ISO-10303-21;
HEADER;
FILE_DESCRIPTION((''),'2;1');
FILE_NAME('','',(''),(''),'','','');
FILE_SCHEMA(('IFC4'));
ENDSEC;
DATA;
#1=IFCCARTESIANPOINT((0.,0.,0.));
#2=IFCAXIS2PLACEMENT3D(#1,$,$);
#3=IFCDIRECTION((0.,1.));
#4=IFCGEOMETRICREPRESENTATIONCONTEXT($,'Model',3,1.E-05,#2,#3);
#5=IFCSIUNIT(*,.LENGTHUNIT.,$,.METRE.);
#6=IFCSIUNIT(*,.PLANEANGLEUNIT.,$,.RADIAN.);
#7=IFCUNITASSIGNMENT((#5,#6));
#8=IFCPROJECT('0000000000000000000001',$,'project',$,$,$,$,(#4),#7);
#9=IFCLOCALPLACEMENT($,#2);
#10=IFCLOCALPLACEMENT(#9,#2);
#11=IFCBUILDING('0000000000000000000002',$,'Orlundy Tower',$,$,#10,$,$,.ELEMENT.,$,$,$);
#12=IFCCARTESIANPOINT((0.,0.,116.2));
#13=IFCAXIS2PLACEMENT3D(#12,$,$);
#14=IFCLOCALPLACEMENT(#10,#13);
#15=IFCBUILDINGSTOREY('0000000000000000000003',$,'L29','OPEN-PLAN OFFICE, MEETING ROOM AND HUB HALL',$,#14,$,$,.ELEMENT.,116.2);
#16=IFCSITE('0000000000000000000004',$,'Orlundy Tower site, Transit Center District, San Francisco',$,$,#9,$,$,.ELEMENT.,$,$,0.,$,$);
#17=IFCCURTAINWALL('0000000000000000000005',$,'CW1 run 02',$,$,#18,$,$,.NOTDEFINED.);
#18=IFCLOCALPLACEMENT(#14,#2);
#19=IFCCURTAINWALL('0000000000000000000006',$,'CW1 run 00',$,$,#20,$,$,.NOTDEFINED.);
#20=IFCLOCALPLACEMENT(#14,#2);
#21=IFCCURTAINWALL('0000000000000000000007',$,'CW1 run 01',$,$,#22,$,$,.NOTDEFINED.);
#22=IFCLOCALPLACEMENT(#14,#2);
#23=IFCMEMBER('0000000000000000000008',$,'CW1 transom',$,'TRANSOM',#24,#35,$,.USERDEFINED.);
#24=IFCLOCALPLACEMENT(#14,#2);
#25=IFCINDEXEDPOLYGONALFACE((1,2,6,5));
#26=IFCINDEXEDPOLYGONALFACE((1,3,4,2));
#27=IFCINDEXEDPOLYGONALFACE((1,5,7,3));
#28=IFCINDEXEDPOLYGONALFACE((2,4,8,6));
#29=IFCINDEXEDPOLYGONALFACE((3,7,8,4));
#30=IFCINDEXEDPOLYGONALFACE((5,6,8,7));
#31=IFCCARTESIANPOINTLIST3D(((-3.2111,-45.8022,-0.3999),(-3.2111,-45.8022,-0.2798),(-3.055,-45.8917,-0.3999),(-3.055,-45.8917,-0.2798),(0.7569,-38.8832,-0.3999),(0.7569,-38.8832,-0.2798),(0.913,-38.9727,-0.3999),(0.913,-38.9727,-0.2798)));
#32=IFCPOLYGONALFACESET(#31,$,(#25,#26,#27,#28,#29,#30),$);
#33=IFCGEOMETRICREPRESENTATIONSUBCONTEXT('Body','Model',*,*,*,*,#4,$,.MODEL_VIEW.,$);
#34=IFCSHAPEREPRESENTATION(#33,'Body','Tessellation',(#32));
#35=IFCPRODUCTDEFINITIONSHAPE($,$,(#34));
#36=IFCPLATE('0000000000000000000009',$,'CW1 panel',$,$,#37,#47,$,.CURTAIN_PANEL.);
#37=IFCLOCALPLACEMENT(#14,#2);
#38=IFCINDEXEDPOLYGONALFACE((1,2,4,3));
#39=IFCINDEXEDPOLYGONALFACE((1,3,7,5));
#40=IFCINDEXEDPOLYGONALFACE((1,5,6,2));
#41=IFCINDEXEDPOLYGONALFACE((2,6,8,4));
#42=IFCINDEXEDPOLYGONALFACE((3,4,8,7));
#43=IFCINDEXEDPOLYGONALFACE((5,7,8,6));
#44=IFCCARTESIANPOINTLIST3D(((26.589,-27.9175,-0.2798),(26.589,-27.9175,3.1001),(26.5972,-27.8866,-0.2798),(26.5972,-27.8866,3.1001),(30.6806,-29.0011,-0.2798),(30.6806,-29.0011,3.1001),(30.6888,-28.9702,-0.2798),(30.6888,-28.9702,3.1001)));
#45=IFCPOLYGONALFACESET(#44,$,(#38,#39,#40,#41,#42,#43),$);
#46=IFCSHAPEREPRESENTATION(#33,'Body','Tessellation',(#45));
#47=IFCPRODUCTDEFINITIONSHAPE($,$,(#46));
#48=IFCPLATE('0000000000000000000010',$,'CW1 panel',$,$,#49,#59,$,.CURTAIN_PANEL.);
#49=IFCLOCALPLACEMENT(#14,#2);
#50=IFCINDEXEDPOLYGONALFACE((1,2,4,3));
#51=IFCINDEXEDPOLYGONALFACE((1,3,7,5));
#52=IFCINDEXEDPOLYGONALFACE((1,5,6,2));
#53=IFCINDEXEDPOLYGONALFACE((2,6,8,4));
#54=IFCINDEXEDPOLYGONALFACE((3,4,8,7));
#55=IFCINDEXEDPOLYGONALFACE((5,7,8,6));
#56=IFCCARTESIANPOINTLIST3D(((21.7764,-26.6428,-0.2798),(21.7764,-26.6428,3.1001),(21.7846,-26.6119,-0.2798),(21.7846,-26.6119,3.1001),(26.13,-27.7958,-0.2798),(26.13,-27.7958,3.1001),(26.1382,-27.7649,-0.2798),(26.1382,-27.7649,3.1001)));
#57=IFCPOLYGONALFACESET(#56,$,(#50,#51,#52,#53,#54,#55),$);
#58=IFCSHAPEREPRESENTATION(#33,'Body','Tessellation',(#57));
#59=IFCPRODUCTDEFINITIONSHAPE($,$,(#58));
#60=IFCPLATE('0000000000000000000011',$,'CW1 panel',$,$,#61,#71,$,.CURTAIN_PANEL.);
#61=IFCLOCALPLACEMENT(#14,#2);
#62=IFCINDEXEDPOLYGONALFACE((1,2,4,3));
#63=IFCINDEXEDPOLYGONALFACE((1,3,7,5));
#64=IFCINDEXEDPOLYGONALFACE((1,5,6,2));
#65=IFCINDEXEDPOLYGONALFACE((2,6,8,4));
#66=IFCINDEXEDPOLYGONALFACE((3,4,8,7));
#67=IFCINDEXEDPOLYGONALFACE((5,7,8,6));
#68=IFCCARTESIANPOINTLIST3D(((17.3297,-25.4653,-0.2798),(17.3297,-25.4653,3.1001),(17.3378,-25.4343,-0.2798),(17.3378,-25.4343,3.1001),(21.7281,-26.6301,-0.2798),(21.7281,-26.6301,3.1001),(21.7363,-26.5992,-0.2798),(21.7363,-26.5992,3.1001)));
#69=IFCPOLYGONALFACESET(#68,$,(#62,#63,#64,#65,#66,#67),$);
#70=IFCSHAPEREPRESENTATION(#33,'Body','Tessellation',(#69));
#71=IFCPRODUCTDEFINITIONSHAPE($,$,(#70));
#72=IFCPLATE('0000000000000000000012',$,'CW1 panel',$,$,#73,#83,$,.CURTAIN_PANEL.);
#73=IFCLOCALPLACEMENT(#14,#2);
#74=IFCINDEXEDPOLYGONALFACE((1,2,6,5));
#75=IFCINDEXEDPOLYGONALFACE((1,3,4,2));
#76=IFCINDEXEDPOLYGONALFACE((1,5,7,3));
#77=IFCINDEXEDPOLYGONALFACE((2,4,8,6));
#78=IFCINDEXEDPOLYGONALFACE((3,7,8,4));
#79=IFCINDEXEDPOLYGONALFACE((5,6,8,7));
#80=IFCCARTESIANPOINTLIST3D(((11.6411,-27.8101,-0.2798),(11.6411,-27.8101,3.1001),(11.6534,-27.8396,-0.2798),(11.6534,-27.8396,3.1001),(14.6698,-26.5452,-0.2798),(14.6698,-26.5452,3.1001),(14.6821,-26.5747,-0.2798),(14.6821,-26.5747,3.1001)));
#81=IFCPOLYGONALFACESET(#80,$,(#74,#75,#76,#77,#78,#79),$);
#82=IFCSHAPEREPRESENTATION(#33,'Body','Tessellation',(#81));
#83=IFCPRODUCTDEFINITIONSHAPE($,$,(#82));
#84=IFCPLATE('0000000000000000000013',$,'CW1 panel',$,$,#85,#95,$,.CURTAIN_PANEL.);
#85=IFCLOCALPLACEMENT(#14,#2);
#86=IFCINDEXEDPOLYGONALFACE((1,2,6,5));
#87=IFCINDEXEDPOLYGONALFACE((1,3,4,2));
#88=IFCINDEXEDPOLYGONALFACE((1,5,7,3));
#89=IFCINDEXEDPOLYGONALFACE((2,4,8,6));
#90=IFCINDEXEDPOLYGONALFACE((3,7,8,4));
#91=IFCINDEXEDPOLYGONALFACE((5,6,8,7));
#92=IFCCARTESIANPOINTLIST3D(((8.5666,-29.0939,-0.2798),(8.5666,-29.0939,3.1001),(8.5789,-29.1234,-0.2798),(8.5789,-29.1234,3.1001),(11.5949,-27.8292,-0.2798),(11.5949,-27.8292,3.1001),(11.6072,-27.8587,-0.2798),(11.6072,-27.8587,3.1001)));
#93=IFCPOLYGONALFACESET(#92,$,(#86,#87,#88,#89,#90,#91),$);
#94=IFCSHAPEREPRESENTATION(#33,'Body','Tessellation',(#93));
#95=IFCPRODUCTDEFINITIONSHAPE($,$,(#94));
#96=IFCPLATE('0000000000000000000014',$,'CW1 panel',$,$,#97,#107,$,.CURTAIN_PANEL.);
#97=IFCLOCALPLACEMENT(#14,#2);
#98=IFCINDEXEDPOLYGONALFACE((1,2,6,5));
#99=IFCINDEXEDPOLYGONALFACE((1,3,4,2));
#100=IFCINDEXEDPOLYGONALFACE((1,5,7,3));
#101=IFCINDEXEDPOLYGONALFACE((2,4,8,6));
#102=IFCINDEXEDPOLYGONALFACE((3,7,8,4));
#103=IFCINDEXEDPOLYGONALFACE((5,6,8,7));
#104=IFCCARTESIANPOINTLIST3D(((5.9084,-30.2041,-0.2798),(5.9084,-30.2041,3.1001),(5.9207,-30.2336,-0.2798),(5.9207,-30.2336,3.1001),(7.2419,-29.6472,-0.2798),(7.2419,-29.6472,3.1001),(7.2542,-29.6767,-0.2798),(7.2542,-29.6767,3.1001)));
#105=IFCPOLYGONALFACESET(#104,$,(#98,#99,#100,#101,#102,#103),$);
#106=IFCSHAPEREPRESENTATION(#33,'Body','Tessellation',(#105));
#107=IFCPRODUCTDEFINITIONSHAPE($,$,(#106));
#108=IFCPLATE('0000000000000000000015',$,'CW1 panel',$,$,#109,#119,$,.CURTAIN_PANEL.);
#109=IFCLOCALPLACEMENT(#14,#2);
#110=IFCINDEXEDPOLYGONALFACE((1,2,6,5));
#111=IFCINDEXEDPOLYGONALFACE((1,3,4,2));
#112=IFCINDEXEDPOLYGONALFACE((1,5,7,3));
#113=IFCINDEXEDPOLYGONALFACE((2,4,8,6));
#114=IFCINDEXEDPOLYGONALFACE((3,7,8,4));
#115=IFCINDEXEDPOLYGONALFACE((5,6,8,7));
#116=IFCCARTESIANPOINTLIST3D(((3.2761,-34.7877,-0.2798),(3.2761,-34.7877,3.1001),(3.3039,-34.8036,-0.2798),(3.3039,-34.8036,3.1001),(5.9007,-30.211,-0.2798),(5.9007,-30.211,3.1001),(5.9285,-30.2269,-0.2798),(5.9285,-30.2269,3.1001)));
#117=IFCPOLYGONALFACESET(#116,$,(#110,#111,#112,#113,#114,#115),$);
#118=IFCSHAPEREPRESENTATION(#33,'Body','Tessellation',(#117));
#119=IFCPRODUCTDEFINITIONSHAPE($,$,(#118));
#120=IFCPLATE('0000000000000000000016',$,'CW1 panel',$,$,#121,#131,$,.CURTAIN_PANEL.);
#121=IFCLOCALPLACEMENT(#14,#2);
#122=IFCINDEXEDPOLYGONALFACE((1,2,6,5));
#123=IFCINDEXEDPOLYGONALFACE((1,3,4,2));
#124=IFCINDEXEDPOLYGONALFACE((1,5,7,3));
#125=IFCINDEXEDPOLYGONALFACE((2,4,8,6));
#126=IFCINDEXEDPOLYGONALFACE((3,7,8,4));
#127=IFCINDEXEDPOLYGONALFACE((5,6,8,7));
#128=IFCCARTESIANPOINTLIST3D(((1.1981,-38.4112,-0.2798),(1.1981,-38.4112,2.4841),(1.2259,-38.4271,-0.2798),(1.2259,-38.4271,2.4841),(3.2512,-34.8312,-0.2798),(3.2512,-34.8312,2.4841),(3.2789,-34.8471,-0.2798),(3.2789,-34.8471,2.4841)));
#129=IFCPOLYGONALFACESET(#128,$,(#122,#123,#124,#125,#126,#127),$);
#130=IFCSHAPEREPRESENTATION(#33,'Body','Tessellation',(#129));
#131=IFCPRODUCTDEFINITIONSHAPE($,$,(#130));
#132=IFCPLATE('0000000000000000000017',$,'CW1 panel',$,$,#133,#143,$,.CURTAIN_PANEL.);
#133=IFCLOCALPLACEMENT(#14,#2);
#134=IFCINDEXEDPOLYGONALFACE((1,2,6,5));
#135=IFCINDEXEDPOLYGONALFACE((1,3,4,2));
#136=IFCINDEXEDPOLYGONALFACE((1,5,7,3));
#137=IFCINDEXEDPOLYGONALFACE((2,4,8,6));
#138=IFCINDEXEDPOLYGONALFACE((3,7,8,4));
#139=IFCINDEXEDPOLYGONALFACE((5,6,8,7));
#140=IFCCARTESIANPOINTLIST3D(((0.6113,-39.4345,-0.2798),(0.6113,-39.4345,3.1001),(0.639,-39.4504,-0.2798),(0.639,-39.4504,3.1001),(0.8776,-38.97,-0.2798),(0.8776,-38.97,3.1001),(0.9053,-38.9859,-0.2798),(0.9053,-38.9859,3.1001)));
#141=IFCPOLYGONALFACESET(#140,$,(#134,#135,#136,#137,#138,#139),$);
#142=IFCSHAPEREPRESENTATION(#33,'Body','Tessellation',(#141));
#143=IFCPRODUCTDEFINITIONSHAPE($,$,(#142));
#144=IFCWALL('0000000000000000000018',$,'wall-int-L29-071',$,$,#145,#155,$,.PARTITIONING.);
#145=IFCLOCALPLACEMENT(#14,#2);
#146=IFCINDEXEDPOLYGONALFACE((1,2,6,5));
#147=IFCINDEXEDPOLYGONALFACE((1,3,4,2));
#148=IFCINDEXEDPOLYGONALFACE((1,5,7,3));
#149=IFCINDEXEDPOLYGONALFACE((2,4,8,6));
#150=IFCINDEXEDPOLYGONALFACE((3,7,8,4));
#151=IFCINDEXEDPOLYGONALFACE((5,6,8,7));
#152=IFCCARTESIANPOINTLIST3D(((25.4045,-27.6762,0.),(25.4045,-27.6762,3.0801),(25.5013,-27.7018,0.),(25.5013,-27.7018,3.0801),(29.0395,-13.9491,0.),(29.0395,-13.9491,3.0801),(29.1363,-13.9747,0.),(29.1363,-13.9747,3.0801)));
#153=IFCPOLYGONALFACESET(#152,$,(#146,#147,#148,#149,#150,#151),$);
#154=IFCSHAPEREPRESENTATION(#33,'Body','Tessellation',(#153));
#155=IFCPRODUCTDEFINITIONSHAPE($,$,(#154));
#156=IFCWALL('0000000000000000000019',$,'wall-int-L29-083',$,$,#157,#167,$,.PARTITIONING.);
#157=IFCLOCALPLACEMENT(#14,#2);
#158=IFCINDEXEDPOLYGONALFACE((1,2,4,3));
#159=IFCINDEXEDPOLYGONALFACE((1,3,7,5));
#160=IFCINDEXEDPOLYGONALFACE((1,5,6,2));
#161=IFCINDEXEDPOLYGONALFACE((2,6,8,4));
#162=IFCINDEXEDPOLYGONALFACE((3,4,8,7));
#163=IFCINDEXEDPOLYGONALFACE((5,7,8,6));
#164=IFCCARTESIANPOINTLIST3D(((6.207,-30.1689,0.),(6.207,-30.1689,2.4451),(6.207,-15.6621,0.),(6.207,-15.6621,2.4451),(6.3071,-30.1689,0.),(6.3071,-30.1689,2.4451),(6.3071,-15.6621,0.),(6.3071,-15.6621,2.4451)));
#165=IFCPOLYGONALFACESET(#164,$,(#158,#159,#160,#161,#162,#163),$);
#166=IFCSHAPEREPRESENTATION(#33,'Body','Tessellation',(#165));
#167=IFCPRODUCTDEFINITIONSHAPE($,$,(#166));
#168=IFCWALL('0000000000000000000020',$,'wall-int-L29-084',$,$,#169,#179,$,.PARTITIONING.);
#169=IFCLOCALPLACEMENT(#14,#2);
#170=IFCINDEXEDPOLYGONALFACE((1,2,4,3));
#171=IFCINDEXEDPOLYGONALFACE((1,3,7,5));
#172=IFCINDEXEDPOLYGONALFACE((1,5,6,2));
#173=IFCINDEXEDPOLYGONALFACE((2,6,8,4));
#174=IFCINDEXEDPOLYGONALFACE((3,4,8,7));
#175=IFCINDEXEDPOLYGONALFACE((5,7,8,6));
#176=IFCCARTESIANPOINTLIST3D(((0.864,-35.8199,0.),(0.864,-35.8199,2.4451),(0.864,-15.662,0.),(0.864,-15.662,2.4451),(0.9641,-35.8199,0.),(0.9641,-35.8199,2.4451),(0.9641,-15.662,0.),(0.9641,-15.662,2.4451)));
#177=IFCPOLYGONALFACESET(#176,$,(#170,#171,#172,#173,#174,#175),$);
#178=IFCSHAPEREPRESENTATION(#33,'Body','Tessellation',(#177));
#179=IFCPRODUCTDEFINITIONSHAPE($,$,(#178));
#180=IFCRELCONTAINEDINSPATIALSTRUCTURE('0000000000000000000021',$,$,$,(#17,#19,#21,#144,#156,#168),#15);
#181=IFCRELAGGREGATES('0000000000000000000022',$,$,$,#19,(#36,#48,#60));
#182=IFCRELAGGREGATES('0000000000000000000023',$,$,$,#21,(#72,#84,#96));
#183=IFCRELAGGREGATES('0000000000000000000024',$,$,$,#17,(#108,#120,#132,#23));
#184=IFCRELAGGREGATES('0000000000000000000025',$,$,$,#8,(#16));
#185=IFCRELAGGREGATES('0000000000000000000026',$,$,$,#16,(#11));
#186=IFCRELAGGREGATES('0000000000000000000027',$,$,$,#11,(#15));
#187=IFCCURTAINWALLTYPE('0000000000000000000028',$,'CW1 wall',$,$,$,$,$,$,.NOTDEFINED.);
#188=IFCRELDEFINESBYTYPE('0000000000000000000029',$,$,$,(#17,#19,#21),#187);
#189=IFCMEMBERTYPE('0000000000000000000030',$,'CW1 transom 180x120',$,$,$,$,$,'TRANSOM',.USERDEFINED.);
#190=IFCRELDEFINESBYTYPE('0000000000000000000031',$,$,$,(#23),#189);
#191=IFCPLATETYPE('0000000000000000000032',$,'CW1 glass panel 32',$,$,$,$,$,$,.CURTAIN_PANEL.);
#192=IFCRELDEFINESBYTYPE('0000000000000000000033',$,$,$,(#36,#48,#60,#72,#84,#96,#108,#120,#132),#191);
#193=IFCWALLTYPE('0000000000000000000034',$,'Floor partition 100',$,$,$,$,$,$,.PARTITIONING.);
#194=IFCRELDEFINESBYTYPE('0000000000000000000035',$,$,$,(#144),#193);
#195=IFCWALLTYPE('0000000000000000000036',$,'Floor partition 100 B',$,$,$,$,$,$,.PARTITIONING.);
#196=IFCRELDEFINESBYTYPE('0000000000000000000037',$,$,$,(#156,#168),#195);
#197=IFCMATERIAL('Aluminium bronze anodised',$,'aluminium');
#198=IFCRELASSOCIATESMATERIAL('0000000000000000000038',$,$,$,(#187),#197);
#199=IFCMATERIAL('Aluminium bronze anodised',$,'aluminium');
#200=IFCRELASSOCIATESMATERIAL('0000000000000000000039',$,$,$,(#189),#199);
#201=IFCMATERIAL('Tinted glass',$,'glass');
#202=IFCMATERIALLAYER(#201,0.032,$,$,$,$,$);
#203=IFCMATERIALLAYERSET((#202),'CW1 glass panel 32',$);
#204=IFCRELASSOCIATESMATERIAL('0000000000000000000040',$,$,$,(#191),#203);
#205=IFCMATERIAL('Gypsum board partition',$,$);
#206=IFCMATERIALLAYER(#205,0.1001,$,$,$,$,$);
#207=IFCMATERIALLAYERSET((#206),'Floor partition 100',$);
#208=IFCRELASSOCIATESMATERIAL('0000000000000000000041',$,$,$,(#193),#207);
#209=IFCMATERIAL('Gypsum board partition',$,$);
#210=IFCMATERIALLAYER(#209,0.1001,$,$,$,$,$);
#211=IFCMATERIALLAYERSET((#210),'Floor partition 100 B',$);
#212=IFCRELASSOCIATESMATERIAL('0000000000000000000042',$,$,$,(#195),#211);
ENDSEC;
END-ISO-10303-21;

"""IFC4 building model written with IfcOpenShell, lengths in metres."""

from ifc_helpers import new_model, si_unit, direction, frame, frame_2d, origin, origin_2d, place, context, subcontext, project, spatial, rectangle, extrude, material, layer, layer_set, material_profile, profile_set, type_object, element, aggregate, save


model = new_model("IFC4")

# Units and contexts
model_context = context("Model", 3, precision=1e-05, world=origin(), true_north=direction((0.0, 1.0)))
body_context = subcontext(model_context, "Body", "Model", "MODEL_VIEW")
ifc_project = project(units=[si_unit("LENGTHUNIT", "METRE"), si_unit("PLANEANGLEUNIT", "RADIAN")], contexts=[model_context])

# Site, building, storey
site_placement = place(None, origin())
site = spatial("IfcSite", under=ifc_project, at=site_placement, Name="Orlundy Tower site, Transit Center District, San Francisco", CompositionType="ELEMENT", RefElevation=0.0)
building_placement = place(site_placement, origin())
building = spatial("IfcBuilding", under=site, at=building_placement, Name="Orlundy Tower", CompositionType="ELEMENT")
storey_placement = place(building_placement, frame((0.0, 0.0, 116.2)))
storey = spatial("IfcBuildingStorey", under=building, at=storey_placement, Name="L29", Description="OPEN-PLAN OFFICE, MEETING ROOM AND HUB HALL", CompositionType="ELEMENT", Elevation=116.2)

# Curtain wall
ifc_material_1 = material(Name="Aluminium bronze anodised", Category="aluminium")
curtain_wall_type = type_object("IfcCurtainWallType", Name="CW1 wall", PredefinedType="NOTDEFINED", material=ifc_material_1)
curtain_wall_1_placement = place(storey_placement, origin())
curtain_wall_1 = element("IfcCurtainWall", 1, at=curtain_wall_1_placement, inside=storey, type_object=curtain_wall_type, Name="CW1 run 02", PredefinedType="NOTDEFINED")

# Curtain wall
curtain_wall_2_placement = place(storey_placement, origin())
curtain_wall_2 = element("IfcCurtainWall", 2, at=curtain_wall_2_placement, inside=storey, type_object=curtain_wall_type, Name="CW1 run 00", PredefinedType="NOTDEFINED")

# Curtain wall
curtain_wall_3_placement = place(storey_placement, origin())
curtain_wall_3 = element("IfcCurtainWall", 3, at=curtain_wall_3_placement, inside=storey, type_object=curtain_wall_type, Name="CW1 run 01", PredefinedType="NOTDEFINED")

# Member
ifc_material_2 = material(Name="Aluminium bronze anodised", Category="aluminium")
ifc_material_profile_1 = material_profile(ifc_material_2, rectangle(XDim=0.1799, YDim=0.1201, at=origin_2d()), Name="CW1 transom 180x120")
ifc_profile_set_1 = profile_set([ifc_material_profile_1], Name="Aluminium bronze anodised")
member_type_1 = type_object("IfcMemberType", Name="CW1 transom 180x120", ElementType="TRANSOM", PredefinedType="USERDEFINED", material=ifc_profile_set_1)
member_1_placement = place(storey_placement, frame((0.835, -38.928, -0.3398), z_axis=(-0.497493, -0.867468, 0.0), x_axis=(0.867468, -0.497493, 0.0)))
member_1 = element("IfcMember", 4, at=member_1_placement, type_object=member_type_1, Name="CW1 transom", ObjectType="TRANSOM", PredefinedType="USERDEFINED", context=body_context, shape_type="SweptSolid", body=[
    extrude(rectangle(XDim=0.1799, YDim=0.1201, at=origin_2d()), origin(), (0.0, 0.0, 1.0), 7.9761),
])

# Plates
ifc_material_3 = material(Name="Tinted glass", Category="glass")
ifc_layer_1 = layer(ifc_material_3, 0.032)
ifc_layer_set_1 = layer_set([ifc_layer_1], Name="CW1 glass panel 32")
plate_type = type_object("IfcPlateType", Name="CW1 glass panel 32", PredefinedType="CURTAIN_PANEL", material=ifc_layer_set_1)
plate_1_placement = place(storey_placement, frame((28.6389, -28.4438, -0.2798), z_axis=(0.0, 0.0, 1.0), x_axis=(-0.966674, 0.256011, 0.0)))
plate_1 = element("IfcPlate", 5, at=plate_1_placement, type_object=plate_type, Name="CW1 panel", PredefinedType="CURTAIN_PANEL", context=body_context, shape_type="SweptSolid", body=[
    extrude(rectangle(XDim=4.2327, YDim=0.032, at=origin_2d()), origin(), (0.0, 0.0, 1.0), 3.3799),
])
plate_2_placement = place(storey_placement, frame((23.9573, -27.2039, -0.2798), z_axis=(0.0, 0.0, 1.0), x_axis=(-0.966674, 0.256011, 0.0)))
plate_2 = element("IfcPlate", 6, at=plate_2_placement, type_object=plate_type, Name="CW1 panel", PredefinedType="CURTAIN_PANEL", context=body_context, shape_type="SweptSolid", body=[
    extrude(rectangle(XDim=4.5037, YDim=0.032, at=origin_2d()), origin(), (0.0, 0.0, 1.0), 3.3799),
])
plate_3_placement = place(storey_placement, frame((19.533, -26.0322, -0.2798), z_axis=(0.0, 0.0, 1.0), x_axis=(-0.966674, 0.256011, 0.0)))
plate_3 = element("IfcPlate", 7, at=plate_3_placement, type_object=plate_type, Name="CW1 panel", PredefinedType="CURTAIN_PANEL", context=body_context, shape_type="SweptSolid", body=[
    extrude(rectangle(XDim=4.55, YDim=0.032, at=origin_2d()), origin(), (0.0, 0.0, 1.0), 3.3799),
])
aggregate(curtain_wall_2, [plate_1, plate_2, plate_3])
plate_4_placement = place(storey_placement, frame((13.1616, -27.1924, -0.2798), z_axis=(0.0, 0.0, 1.0), x_axis=(-0.922759, -0.385377, 0.0)))
plate_4 = element("IfcPlate", 8, at=plate_4_placement, type_object=plate_type, Name="CW1 panel", PredefinedType="CURTAIN_PANEL", context=body_context, shape_type="SweptSolid", body=[
    extrude(rectangle(XDim=3.2822, YDim=0.032, at=origin_2d()), origin(), (0.0, 0.0, 1.0), 3.3799),
])
plate_5_placement = place(storey_placement, frame((10.0869, -28.4763, -0.2798), z_axis=(0.0, 0.0, 1.0), x_axis=(-0.922759, -0.385377, 0.0)))
plate_5 = element("IfcPlate", 9, at=plate_5_placement, type_object=plate_type, Name="CW1 panel", PredefinedType="CURTAIN_PANEL", context=body_context, shape_type="SweptSolid", body=[
    extrude(rectangle(XDim=3.2817, YDim=0.032, at=origin_2d()), origin(), (0.0, 0.0, 1.0), 3.3799),
])
plate_6_placement = place(storey_placement, frame((6.5813, -29.9404, -0.2798), z_axis=(0.0, 0.0, 1.0), x_axis=(-0.922759, -0.385377, 0.0)))
plate_6 = element("IfcPlate", 10, at=plate_6_placement, type_object=plate_type, Name="CW1 panel", PredefinedType="CURTAIN_PANEL", context=body_context, shape_type="SweptSolid", body=[
    extrude(rectangle(XDim=1.4451, YDim=0.032, at=origin_2d()), origin(), (0.0, 0.0, 1.0), 3.3799),
])
aggregate(curtain_wall_3, [plate_4, plate_5, plate_6])
plate_7_placement = place(storey_placement, frame((4.6023, -32.5073, -0.2798), z_axis=(0.0, 0.0, 1.0), x_axis=(-0.497473, -0.867479, 0.0)))
plate_7 = element("IfcPlate", 11, at=plate_7_placement, type_object=plate_type, Name="CW1 panel", PredefinedType="CURTAIN_PANEL", context=body_context, shape_type="SweptSolid", body=[
    extrude(rectangle(XDim=5.2759, YDim=0.032, at=origin_2d()), origin(), (0.0, 0.0, 1.0), 3.3799),
])
plate_8_placement = place(storey_placement, frame((2.2385, -36.6292, -0.2798), z_axis=(0.0, 0.0, 1.0), x_axis=(-0.497473, -0.867479, 0.0)))
plate_8 = element("IfcPlate", 12, at=plate_8_placement, type_object=plate_type, Name="CW1 panel", PredefinedType="CURTAIN_PANEL", context=body_context, shape_type="SweptSolid", body=[
    extrude(rectangle(XDim=4.127, YDim=0.032, at=origin_2d()), origin(), (0.0, 0.0, 1.0), 2.7639),
])
plate_9_placement = place(storey_placement, frame((0.7583, -39.2102, -0.2798), z_axis=(0.0, 0.0, 1.0), x_axis=(-0.497473, -0.867479, 0.0)))
plate_9 = element("IfcPlate", 13, at=plate_9_placement, type_object=plate_type, Name="CW1 panel", PredefinedType="CURTAIN_PANEL", context=body_context, shape_type="SweptSolid", body=[
    extrude(rectangle(XDim=0.5354, YDim=0.032, at=origin_2d()), origin(), (0.0, 0.0, 1.0), 3.3799),
])
aggregate(curtain_wall_1, [plate_7, plate_8, plate_9, member_1])

# Walls
ifc_material_4 = material(Name="Gypsum board partition")
ifc_layer_2 = layer(ifc_material_4, 0.1001)
ifc_layer_set_2 = layer_set([ifc_layer_2], Name="Floor partition 100")
wall_type_1 = type_object("IfcWallType", Name="Floor partition 100", PredefinedType="PARTITIONING", material=ifc_layer_set_2)
wall_1_placement = place(storey_placement, frame((25.4529, -27.689, 0.0), z_axis=(0.0, 0.0, 1.0), x_axis=(0.255983, 0.966681, 0.0)))
element("IfcWall", 14, at=wall_1_placement, inside=storey, type_object=wall_type_1, Name="wall-int-L29-071", PredefinedType="PARTITIONING", context=body_context, shape_type="SweptSolid", body=[
    extrude(rectangle(XDim=14.2002, YDim=0.1001, at=frame_2d((7.1001, 0.0))), origin(), (0.0, 0.0, 1.0), 3.0801),
])
ifc_material_5 = material(Name="Gypsum board partition")
ifc_layer_3 = layer(ifc_material_5, 0.1001)
ifc_layer_set_3 = layer_set([ifc_layer_3], Name="Floor partition 100 B")
wall_type_2 = type_object("IfcWallType", Name="Floor partition 100 B", PredefinedType="PARTITIONING", material=ifc_layer_set_3)
wall_2_placement = place(storey_placement, frame((6.2571, -30.1689, 0.0), z_axis=(0.0, 0.0, 1.0), x_axis=(0.0, 1.0, 0.0)))
element("IfcWall", 15, at=wall_2_placement, inside=storey, type_object=wall_type_2, Name="wall-int-L29-083", PredefinedType="PARTITIONING", context=body_context, shape_type="SweptSolid", body=[
    extrude(rectangle(XDim=14.5068, YDim=0.1001, at=frame_2d((7.2534, 0.0))), origin(), (0.0, 0.0, 1.0), 2.4451),
])
wall_3_placement = place(storey_placement, frame((0.9141, -35.8201, 0.0), z_axis=(0.0, 0.0, 1.0), x_axis=(0.0, 1.0, 0.0)))
element("IfcWall", 16, at=wall_3_placement, inside=storey, type_object=wall_type_2, Name="wall-int-L29-084", PredefinedType="PARTITIONING", context=body_context, shape_type="SweptSolid", body=[
    extrude(rectangle(XDim=20.158, YDim=0.1001, at=frame_2d((10.0791, 0.0))), origin(), (0.0, 0.0, 1.0), 2.4451),
])

save(model, "model.ifc")
